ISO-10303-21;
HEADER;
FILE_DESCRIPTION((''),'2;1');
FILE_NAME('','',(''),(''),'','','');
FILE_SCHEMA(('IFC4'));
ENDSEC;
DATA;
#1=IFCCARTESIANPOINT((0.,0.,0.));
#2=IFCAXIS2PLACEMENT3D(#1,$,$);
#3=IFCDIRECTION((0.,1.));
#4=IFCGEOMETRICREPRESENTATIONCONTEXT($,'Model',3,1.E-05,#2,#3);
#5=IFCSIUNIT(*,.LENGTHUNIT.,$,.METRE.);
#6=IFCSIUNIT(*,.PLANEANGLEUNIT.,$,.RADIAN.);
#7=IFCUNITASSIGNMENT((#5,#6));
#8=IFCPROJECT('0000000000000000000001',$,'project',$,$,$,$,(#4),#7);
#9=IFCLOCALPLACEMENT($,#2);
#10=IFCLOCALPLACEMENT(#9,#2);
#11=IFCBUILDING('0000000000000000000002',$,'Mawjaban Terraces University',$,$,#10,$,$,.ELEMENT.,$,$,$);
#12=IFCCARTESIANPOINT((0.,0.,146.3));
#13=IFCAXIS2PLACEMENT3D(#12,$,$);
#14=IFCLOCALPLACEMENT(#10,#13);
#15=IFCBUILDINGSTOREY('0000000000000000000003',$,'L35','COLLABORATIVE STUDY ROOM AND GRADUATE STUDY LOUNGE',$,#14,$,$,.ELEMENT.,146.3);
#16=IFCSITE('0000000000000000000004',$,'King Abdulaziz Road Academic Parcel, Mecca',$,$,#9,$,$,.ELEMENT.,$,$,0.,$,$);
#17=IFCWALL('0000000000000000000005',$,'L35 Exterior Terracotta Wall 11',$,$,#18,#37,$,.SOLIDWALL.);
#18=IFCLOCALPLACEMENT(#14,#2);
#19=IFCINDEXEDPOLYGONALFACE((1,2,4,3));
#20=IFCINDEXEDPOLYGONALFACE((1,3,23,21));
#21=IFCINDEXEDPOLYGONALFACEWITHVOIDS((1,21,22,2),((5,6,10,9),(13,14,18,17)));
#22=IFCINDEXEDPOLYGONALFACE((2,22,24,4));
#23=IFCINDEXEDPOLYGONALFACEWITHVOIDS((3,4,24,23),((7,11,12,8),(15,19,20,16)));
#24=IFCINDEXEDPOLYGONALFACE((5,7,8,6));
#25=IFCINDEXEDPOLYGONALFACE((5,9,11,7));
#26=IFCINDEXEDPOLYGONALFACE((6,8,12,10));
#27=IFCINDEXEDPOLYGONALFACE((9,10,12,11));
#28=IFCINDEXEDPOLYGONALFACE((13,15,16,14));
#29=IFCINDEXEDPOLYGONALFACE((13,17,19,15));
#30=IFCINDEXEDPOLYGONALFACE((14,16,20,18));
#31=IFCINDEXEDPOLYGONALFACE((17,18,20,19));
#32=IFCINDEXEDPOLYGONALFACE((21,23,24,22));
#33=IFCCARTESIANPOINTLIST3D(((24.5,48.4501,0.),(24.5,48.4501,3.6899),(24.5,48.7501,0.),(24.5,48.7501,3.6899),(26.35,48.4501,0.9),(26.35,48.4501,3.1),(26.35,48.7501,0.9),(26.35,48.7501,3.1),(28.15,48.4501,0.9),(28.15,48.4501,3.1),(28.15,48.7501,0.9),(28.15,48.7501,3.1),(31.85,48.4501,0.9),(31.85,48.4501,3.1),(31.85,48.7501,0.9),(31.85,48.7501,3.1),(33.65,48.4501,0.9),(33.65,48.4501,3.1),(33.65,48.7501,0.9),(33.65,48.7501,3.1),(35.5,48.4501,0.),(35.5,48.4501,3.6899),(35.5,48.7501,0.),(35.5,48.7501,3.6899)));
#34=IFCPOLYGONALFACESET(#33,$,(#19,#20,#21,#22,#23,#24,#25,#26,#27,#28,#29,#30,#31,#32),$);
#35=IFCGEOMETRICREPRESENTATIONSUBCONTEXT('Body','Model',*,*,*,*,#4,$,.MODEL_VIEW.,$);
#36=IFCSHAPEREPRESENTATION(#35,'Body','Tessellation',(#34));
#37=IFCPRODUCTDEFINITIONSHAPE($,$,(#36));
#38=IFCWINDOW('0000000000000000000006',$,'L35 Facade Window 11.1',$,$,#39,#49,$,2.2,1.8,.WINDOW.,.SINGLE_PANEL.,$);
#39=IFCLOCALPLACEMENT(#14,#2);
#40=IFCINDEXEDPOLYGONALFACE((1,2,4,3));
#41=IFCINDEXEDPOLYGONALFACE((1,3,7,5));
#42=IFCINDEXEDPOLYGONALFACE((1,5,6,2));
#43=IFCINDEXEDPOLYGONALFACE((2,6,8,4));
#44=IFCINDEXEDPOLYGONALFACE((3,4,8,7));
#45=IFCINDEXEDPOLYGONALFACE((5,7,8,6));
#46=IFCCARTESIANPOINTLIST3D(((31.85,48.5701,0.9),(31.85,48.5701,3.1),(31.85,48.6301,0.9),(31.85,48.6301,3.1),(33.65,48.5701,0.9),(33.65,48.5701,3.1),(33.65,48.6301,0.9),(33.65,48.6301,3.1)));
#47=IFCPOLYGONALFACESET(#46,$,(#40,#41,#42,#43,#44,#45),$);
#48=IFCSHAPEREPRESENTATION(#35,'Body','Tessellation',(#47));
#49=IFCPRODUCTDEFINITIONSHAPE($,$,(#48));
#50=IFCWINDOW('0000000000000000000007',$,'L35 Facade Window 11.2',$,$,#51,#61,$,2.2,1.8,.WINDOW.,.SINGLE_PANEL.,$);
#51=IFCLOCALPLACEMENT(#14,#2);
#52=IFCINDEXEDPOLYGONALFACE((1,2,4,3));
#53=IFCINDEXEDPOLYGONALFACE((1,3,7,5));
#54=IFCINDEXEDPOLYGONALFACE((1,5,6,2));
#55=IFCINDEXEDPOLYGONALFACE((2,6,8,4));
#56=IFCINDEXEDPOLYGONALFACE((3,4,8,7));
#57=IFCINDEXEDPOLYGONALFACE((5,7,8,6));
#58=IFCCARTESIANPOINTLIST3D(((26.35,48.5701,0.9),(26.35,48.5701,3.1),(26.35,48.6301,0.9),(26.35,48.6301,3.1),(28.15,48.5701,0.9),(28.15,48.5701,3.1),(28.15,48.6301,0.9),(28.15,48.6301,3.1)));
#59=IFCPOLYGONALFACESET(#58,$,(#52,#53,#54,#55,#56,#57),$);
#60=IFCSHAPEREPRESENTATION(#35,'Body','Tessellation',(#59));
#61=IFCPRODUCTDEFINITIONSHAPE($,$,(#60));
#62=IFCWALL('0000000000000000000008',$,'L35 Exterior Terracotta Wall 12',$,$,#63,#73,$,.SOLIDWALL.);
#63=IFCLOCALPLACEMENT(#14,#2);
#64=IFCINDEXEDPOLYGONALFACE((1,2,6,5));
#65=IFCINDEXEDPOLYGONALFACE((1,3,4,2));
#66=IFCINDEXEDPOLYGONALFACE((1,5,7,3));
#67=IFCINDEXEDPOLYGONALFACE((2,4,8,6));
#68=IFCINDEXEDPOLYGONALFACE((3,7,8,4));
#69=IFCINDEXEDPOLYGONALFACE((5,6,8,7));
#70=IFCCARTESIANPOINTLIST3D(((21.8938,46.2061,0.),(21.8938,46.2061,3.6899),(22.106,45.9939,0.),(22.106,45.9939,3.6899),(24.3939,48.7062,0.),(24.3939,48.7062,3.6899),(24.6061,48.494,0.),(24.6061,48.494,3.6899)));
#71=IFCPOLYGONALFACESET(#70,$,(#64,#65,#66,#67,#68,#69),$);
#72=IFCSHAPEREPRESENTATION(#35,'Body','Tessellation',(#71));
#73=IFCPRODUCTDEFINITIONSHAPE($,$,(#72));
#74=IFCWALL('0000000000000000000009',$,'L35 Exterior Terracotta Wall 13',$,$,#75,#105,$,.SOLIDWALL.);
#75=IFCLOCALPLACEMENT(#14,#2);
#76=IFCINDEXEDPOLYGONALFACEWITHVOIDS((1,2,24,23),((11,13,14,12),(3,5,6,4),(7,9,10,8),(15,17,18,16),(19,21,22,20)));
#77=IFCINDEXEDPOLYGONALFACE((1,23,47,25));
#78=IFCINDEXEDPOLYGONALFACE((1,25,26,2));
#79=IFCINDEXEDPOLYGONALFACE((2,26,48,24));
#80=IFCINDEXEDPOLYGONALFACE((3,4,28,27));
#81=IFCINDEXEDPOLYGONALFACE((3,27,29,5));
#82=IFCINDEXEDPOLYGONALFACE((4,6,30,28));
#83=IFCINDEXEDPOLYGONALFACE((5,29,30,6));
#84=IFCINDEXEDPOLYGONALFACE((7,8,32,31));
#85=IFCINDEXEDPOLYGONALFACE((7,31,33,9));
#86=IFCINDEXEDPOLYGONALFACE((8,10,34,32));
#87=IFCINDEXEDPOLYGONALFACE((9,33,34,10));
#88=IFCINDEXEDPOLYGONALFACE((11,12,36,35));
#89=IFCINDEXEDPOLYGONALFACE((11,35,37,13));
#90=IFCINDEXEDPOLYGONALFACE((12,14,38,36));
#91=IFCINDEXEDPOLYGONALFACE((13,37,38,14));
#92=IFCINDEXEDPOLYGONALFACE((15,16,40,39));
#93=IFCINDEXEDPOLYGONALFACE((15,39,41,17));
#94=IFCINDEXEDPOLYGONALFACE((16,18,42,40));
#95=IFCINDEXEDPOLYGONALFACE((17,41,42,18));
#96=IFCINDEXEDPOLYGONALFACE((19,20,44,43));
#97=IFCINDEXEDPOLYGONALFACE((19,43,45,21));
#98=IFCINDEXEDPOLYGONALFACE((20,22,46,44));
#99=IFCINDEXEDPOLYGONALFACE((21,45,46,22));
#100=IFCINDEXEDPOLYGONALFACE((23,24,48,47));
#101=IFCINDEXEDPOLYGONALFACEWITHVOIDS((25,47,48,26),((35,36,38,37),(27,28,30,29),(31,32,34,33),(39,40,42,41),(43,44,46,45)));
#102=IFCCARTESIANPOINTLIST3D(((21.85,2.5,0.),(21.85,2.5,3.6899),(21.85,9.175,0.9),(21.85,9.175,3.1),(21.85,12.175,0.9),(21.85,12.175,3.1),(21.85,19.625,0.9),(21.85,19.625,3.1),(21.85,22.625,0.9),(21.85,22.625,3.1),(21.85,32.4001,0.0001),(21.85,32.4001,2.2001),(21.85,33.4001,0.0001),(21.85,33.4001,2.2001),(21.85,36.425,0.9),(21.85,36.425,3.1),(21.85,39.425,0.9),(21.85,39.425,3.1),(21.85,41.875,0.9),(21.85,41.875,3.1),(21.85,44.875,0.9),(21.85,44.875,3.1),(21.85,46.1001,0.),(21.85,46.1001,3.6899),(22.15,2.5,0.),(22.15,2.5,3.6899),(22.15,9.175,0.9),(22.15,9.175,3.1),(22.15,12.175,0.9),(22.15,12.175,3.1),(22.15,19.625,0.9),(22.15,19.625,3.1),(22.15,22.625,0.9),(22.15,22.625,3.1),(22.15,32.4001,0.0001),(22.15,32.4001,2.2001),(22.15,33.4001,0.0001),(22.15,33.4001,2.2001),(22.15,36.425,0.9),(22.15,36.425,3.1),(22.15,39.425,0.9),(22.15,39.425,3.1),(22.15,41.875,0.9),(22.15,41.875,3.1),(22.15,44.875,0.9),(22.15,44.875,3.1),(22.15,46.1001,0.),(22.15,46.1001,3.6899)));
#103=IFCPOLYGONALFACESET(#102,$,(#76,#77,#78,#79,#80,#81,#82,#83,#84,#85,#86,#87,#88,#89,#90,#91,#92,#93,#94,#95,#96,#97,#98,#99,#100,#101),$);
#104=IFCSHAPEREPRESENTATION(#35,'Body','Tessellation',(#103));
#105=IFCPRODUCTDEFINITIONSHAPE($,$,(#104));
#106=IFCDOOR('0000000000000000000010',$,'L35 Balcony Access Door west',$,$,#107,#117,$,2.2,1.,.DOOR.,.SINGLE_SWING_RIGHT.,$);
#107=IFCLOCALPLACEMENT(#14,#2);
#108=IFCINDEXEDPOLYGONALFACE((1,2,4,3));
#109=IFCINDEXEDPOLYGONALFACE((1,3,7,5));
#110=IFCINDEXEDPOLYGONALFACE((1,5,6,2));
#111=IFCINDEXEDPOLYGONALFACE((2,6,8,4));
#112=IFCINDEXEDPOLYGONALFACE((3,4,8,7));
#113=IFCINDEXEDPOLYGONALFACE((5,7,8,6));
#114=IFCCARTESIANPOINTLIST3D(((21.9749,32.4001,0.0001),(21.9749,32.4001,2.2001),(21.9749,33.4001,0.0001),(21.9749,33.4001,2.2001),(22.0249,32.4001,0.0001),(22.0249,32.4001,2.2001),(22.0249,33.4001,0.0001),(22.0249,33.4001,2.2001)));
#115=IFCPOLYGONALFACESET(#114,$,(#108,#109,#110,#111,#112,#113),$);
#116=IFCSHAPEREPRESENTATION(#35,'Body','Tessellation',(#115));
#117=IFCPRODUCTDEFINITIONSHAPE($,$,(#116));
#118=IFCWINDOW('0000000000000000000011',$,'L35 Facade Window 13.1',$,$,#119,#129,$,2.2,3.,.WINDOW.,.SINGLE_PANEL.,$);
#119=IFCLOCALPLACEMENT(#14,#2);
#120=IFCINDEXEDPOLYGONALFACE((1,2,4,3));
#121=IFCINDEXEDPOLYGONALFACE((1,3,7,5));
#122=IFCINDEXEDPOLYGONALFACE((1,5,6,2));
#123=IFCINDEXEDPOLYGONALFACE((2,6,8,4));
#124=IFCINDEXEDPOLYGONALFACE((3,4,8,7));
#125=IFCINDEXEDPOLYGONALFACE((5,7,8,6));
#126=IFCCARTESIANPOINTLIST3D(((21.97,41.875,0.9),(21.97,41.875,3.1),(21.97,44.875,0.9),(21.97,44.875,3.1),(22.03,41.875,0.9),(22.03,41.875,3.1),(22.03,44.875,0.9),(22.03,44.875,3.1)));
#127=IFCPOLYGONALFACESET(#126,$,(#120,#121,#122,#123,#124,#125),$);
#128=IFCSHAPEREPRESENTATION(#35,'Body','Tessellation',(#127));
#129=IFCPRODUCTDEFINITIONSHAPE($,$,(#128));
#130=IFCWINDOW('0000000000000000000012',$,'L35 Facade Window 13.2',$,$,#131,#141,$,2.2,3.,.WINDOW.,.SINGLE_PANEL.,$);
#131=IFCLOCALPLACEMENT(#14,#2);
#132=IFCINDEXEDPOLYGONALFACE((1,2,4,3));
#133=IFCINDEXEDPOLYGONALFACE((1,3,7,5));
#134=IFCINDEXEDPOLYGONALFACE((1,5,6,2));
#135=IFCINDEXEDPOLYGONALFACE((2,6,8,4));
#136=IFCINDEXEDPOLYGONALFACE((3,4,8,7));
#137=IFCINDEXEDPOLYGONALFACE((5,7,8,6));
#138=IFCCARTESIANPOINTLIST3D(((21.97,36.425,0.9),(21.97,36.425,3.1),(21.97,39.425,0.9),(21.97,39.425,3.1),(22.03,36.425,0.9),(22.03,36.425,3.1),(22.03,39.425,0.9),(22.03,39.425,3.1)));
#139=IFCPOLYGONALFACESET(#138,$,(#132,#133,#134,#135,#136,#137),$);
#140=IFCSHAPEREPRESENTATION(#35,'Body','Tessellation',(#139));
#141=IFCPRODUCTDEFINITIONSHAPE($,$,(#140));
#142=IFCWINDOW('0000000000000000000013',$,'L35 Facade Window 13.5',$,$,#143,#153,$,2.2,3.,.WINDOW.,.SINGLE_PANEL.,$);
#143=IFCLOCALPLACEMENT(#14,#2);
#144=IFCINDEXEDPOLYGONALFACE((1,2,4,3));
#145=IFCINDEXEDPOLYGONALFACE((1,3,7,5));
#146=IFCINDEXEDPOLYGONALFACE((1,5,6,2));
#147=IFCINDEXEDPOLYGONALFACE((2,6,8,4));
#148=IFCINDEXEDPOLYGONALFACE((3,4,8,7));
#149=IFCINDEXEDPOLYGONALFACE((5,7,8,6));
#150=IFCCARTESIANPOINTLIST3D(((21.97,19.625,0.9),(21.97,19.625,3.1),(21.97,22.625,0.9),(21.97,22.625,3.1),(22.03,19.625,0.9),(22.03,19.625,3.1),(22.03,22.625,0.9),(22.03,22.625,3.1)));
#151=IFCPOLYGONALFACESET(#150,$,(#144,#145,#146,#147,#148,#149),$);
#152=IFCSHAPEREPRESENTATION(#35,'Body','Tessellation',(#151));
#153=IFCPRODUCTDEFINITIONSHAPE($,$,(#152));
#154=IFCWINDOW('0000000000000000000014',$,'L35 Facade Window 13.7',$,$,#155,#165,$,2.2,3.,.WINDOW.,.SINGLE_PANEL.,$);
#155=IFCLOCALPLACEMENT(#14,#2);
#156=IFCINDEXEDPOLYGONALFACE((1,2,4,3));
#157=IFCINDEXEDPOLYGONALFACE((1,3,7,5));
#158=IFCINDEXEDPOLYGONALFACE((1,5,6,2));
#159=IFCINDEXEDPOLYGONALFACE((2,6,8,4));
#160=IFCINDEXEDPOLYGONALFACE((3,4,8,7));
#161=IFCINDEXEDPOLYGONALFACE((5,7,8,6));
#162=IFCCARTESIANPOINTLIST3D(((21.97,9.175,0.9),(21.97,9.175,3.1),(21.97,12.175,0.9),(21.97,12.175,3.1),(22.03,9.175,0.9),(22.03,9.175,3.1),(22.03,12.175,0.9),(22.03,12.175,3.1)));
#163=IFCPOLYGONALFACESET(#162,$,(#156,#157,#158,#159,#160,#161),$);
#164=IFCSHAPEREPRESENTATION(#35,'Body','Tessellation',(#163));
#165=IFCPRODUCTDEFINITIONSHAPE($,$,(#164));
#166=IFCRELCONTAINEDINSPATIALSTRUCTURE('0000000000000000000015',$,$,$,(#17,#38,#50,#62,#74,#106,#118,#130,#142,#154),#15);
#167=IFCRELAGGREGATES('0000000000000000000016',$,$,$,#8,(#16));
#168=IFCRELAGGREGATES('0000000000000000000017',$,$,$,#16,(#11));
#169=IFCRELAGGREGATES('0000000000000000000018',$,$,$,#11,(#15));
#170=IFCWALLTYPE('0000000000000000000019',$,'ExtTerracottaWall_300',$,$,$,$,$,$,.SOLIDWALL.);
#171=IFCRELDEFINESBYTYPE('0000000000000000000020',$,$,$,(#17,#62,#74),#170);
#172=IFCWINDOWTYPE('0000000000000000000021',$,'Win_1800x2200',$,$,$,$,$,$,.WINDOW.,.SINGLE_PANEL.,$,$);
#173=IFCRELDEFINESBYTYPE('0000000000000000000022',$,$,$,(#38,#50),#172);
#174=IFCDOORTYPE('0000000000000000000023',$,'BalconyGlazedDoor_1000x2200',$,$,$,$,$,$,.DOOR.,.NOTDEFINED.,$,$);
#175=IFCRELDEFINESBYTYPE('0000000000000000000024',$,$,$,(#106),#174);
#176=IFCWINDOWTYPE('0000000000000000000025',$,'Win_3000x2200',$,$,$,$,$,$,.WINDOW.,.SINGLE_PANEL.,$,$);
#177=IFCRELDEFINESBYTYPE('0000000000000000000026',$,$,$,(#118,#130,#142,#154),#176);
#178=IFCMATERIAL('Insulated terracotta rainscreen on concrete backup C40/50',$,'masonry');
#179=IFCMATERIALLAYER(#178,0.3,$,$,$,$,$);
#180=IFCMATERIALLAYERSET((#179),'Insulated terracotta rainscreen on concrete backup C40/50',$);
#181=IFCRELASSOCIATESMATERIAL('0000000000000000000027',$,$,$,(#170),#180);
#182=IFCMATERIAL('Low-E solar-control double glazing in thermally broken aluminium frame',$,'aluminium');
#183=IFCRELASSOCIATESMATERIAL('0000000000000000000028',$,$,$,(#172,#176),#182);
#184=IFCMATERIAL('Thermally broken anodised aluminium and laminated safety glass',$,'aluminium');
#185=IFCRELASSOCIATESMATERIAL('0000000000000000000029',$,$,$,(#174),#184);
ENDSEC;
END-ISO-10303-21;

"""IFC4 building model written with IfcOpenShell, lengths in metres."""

from ifc_helpers import new_model, si_unit, direction, frame, frame_2d, origin, place, context, subcontext, project, spatial, rectangle, extrude, material, layer, layer_set, type_object, element, fill, save


model = new_model("IFC4")

# Units and contexts
model_context = context("Model", 3, precision=1e-05, world=origin(), true_north=direction((0.0, 1.0)))
body_context = subcontext(model_context, "Body", "Model", "MODEL_VIEW")
ifc_project = project(units=[si_unit("LENGTHUNIT", "METRE"), si_unit("PLANEANGLEUNIT", "RADIAN")], contexts=[model_context])

# Site, building, storey
site_placement = place(None, origin())
site = spatial("IfcSite", under=ifc_project, at=site_placement, Name="King Abdulaziz Road Academic Parcel, Mecca", CompositionType="ELEMENT", RefElevation=0.0)
building_placement = place(site_placement, origin())
building = spatial("IfcBuilding", under=site, at=building_placement, Name="Mawjaban Terraces University", CompositionType="ELEMENT")
storey_placement = place(building_placement, frame((0.0, 0.0, 146.3)))
storey = spatial("IfcBuildingStorey", under=building, at=storey_placement, Name="L35", Description="COLLABORATIVE STUDY ROOM AND GRADUATE STUDY LOUNGE", CompositionType="ELEMENT", Elevation=146.3)

# Wall, openings, windows
ifc_material_1 = material(Name="Insulated terracotta rainscreen on concrete backup C40/50", Category="masonry")
ifc_layer_1 = layer(ifc_material_1, 0.3)
ifc_layer_set_1 = layer_set([ifc_layer_1], Name="Insulated terracotta rainscreen on concrete backup C40/50")
wall_type_1 = type_object("IfcWallType", Name="ExtTerracottaWall_300", PredefinedType="SOLIDWALL", material=ifc_layer_set_1)
wall_1_placement = place(storey_placement, frame((35.5, 48.6001, 0.0), z_axis=(0.0, 0.0, 1.0), x_axis=(-1.0, 0.0, 0.0)))
wall_1 = element("IfcWall", 1, at=wall_1_placement, inside=storey, type_object=wall_type_1, Name="L35 Exterior Terracotta Wall 11", PredefinedType="SOLIDWALL", context=body_context, shape_type="SweptSolid", body=[
    extrude(rectangle(XDim=11.0, YDim=0.3, at=frame_2d((5.5, 0.0))), origin(), (0.0, 0.0, 1.0), 3.6899),
])
opening_1_placement = place(wall_1_placement, frame((1.8501, 0.0, 0.8999)))
opening_1 = element("IfcOpeningElement", 2, at=opening_1_placement, cuts=wall_1, PredefinedType="OPENING", context=body_context, shape_type="SweptSolid", body=[
    extrude(rectangle(XDim=1.8, YDim=2.2, at=frame_2d((0.8999, 1.1001))), frame((0.0, 0.1599, 0.0), z_axis=(0.0, -1.0, 0.0), x_axis=(1.0, 0.0, 0.0)), (0.0, 0.0, 1.0), 0.3201),
])
opening_2_placement = place(wall_1_placement, frame((7.3501, 0.0, 0.8999)))
opening_2 = element("IfcOpeningElement", 3, at=opening_2_placement, cuts=wall_1, PredefinedType="OPENING", context=body_context, shape_type="SweptSolid", body=[
    extrude(rectangle(XDim=1.8, YDim=2.2, at=frame_2d((0.8999, 1.1001))), frame((0.0, 0.1599, 0.0), z_axis=(0.0, -1.0, 0.0), x_axis=(1.0, 0.0, 0.0)), (0.0, 0.0, 1.0), 0.3201),
])
ifc_material_2 = material(Name="Low-E solar-control double glazing in thermally broken aluminium frame", Category="aluminium")
window_type_1 = type_object("IfcWindowType", Name="Win_1800x2200", PartitioningType="SINGLE_PANEL", PredefinedType="WINDOW", material=ifc_material_2)
window_1_placement = place(opening_1_placement, origin())
window_1 = element("IfcWindow", 4, at=window_1_placement, inside=storey, type_object=window_type_1, Name="L35 Facade Window 11.1", OverallHeight=2.2, OverallWidth=1.8, PartitioningType="SINGLE_PANEL", PredefinedType="WINDOW", context=body_context, shape_type="SweptSolid", body=[
    extrude(rectangle(XDim=1.8, YDim=2.2, at=frame_2d((0.8999, 1.1001))), frame((0.0, 0.03, 0.0), z_axis=(0.0, -1.0, 0.0), x_axis=(1.0, 0.0, 0.0)), (0.0, 0.0, 1.0), 0.0601),
])
fill(opening_1, window_1)
window_2_placement = place(opening_2_placement, origin())
window_2 = element("IfcWindow", 5, at=window_2_placement, inside=storey, type_object=window_type_1, Name="L35 Facade Window 11.2", OverallHeight=2.2, OverallWidth=1.8, PartitioningType="SINGLE_PANEL", PredefinedType="WINDOW", context=body_context, shape_type="SweptSolid", body=[
    extrude(rectangle(XDim=1.8, YDim=2.2, at=frame_2d((0.8999, 1.1001))), frame((0.0, 0.03, 0.0), z_axis=(0.0, -1.0, 0.0), x_axis=(1.0, 0.0, 0.0)), (0.0, 0.0, 1.0), 0.0601),
])
fill(opening_2, window_2)

# Wall
wall_2_placement = place(storey_placement, frame((24.5, 48.6001, 0.0), z_axis=(0.0, 0.0, 1.0), x_axis=(-0.707107, -0.707107, 0.0)))
element("IfcWall", 6, at=wall_2_placement, inside=storey, type_object=wall_type_1, Name="L35 Exterior Terracotta Wall 12", PredefinedType="SOLIDWALL", context=body_context, shape_type="SweptSolid", body=[
    extrude(rectangle(XDim=3.5356, YDim=0.3, at=frame_2d((1.7678, 0.0))), origin(), (0.0, 0.0, 1.0), 3.6899),
])

# Wall, openings, door, windows
wall_3_placement = place(storey_placement, frame((22.0, 46.1001, 0.0), z_axis=(0.0, 0.0, 1.0), x_axis=(0.0, -1.0, 0.0)))
wall_3 = element("IfcWall", 7, at=wall_3_placement, inside=storey, type_object=wall_type_1, Name="L35 Exterior Terracotta Wall 13", PredefinedType="SOLIDWALL", context=body_context, shape_type="SweptSolid", body=[
    extrude(rectangle(XDim=43.6001, YDim=0.3, at=frame_2d((21.8, 0.0))), origin(), (0.0, 0.0, 1.0), 3.6899),
])
opening_3_placement = place(wall_3_placement, frame((12.7, 0.0, 0.0)))
opening_3 = element("IfcOpeningElement", 8, at=opening_3_placement, cuts=wall_3, PredefinedType="OPENING", context=body_context, shape_type="SweptSolid", body=[
    extrude(rectangle(XDim=1.0, YDim=2.2, at=frame_2d((0.5, 1.1001))), frame((0.0, 0.1599, 0.0), z_axis=(0.0, -1.0, 0.0), x_axis=(1.0, 0.0, 0.0)), (0.0, 0.0, 1.0), 0.3201),
])
opening_4_placement = place(wall_3_placement, frame((1.2251, 0.0, 0.8999)))
opening_4 = element("IfcOpeningElement", 9, at=opening_4_placement, cuts=wall_3, PredefinedType="OPENING", context=body_context, shape_type="SweptSolid", body=[
    extrude(rectangle(XDim=3.0, YDim=2.2, at=frame_2d((1.5, 1.1001))), frame((0.0, 0.1599, 0.0), z_axis=(0.0, -1.0, 0.0), x_axis=(1.0, 0.0, 0.0)), (0.0, 0.0, 1.0), 0.3201),
])
opening_5_placement = place(wall_3_placement, frame((6.675, 0.0, 0.8999)))
opening_5 = element("IfcOpeningElement", 10, at=opening_5_placement, cuts=wall_3, PredefinedType="OPENING", context=body_context, shape_type="SweptSolid", body=[
    extrude(rectangle(XDim=3.0, YDim=2.2, at=frame_2d((1.5, 1.1001))), frame((0.0, 0.1599, 0.0), z_axis=(0.0, -1.0, 0.0), x_axis=(1.0, 0.0, 0.0)), (0.0, 0.0, 1.0), 0.3201),
])
opening_6_placement = place(wall_3_placement, frame((23.4751, 0.0, 0.8999)))
opening_6 = element("IfcOpeningElement", 11, at=opening_6_placement, cuts=wall_3, PredefinedType="OPENING", context=body_context, shape_type="SweptSolid", body=[
    extrude(rectangle(XDim=3.0, YDim=2.2, at=frame_2d((1.5, 1.1001))), frame((0.0, 0.1599, 0.0), z_axis=(0.0, -1.0, 0.0), x_axis=(1.0, 0.0, 0.0)), (0.0, 0.0, 1.0), 0.3201),
])
opening_7_placement = place(wall_3_placement, frame((33.925, 0.0, 0.8999)))
opening_7 = element("IfcOpeningElement", 12, at=opening_7_placement, cuts=wall_3, PredefinedType="OPENING", context=body_context, shape_type="SweptSolid", body=[
    extrude(rectangle(XDim=3.0, YDim=2.2, at=frame_2d((1.5, 1.1001))), frame((0.0, 0.1599, 0.0), z_axis=(0.0, -1.0, 0.0), x_axis=(1.0, 0.0, 0.0)), (0.0, 0.0, 1.0), 0.3201),
])
ifc_material_3 = material(Name="Thermally broken anodised aluminium and laminated safety glass", Category="aluminium")
door_type_1 = type_object("IfcDoorType", Name="BalconyGlazedDoor_1000x2200", OperationType="NOTDEFINED", PredefinedType="DOOR", material=ifc_material_3)
door_1_placement = place(opening_3_placement, origin())
door_1 = element("IfcDoor", 13, at=door_1_placement, inside=storey, type_object=door_type_1, Name="L35 Balcony Access Door west", OperationType="SINGLE_SWING_RIGHT", OverallHeight=2.2, OverallWidth=1.0, PredefinedType="DOOR", context=body_context, shape_type="SweptSolid", body=[
    extrude(rectangle(XDim=1.0, YDim=2.2, at=frame_2d((0.5, 1.1001))), frame((0.0, 0.0249, 0.0), z_axis=(0.0, -1.0, 0.0), x_axis=(1.0, 0.0, 0.0)), (0.0, 0.0, 1.0), 0.05),
])
fill(opening_3, door_1)
window_type_2 = type_object("IfcWindowType", Name="Win_3000x2200", PartitioningType="SINGLE_PANEL", PredefinedType="WINDOW", material=ifc_material_2)
window_3_placement = place(opening_4_placement, origin())
window_3 = element("IfcWindow", 14, at=window_3_placement, inside=storey, type_object=window_type_2, Name="L35 Facade Window 13.1", OverallHeight=2.2, OverallWidth=3.0, PartitioningType="SINGLE_PANEL", PredefinedType="WINDOW", context=body_context, shape_type="SweptSolid", body=[
    extrude(rectangle(XDim=3.0, YDim=2.2, at=frame_2d((1.5, 1.1001))), frame((0.0, 0.03, 0.0), z_axis=(0.0, -1.0, 0.0), x_axis=(1.0, 0.0, 0.0)), (0.0, 0.0, 1.0), 0.0601),
])
fill(opening_4, window_3)
window_4_placement = place(opening_5_placement, origin())
window_4 = element("IfcWindow", 15, at=window_4_placement, inside=storey, type_object=window_type_2, Name="L35 Facade Window 13.2", OverallHeight=2.2, OverallWidth=3.0, PartitioningType="SINGLE_PANEL", PredefinedType="WINDOW", context=body_context, shape_type="SweptSolid", body=[
    extrude(rectangle(XDim=3.0, YDim=2.2, at=frame_2d((1.5, 1.1001))), frame((0.0, 0.03, 0.0), z_axis=(0.0, -1.0, 0.0), x_axis=(1.0, 0.0, 0.0)), (0.0, 0.0, 1.0), 0.0601),
])
fill(opening_5, window_4)
window_5_placement = place(opening_6_placement, origin())
window_5 = element("IfcWindow", 16, at=window_5_placement, inside=storey, type_object=window_type_2, Name="L35 Facade Window 13.5", OverallHeight=2.2, OverallWidth=3.0, PartitioningType="SINGLE_PANEL", PredefinedType="WINDOW", context=body_context, shape_type="SweptSolid", body=[
    extrude(rectangle(XDim=3.0, YDim=2.2, at=frame_2d((1.5, 1.1001))), frame((0.0, 0.03, 0.0), z_axis=(0.0, -1.0, 0.0), x_axis=(1.0, 0.0, 0.0)), (0.0, 0.0, 1.0), 0.0601),
])
fill(opening_6, window_5)
window_6_placement = place(opening_7_placement, origin())
window_6 = element("IfcWindow", 17, at=window_6_placement, inside=storey, type_object=window_type_2, Name="L35 Facade Window 13.7", OverallHeight=2.2, OverallWidth=3.0, PartitioningType="SINGLE_PANEL", PredefinedType="WINDOW", context=body_context, shape_type="SweptSolid", body=[
    extrude(rectangle(XDim=3.0, YDim=2.2, at=frame_2d((1.5, 1.1001))), frame((0.0, 0.03, 0.0), z_axis=(0.0, -1.0, 0.0), x_axis=(1.0, 0.0, 0.0)), (0.0, 0.0, 1.0), 0.0601),
])
fill(opening_7, window_6)

save(model, "model.ifc")
